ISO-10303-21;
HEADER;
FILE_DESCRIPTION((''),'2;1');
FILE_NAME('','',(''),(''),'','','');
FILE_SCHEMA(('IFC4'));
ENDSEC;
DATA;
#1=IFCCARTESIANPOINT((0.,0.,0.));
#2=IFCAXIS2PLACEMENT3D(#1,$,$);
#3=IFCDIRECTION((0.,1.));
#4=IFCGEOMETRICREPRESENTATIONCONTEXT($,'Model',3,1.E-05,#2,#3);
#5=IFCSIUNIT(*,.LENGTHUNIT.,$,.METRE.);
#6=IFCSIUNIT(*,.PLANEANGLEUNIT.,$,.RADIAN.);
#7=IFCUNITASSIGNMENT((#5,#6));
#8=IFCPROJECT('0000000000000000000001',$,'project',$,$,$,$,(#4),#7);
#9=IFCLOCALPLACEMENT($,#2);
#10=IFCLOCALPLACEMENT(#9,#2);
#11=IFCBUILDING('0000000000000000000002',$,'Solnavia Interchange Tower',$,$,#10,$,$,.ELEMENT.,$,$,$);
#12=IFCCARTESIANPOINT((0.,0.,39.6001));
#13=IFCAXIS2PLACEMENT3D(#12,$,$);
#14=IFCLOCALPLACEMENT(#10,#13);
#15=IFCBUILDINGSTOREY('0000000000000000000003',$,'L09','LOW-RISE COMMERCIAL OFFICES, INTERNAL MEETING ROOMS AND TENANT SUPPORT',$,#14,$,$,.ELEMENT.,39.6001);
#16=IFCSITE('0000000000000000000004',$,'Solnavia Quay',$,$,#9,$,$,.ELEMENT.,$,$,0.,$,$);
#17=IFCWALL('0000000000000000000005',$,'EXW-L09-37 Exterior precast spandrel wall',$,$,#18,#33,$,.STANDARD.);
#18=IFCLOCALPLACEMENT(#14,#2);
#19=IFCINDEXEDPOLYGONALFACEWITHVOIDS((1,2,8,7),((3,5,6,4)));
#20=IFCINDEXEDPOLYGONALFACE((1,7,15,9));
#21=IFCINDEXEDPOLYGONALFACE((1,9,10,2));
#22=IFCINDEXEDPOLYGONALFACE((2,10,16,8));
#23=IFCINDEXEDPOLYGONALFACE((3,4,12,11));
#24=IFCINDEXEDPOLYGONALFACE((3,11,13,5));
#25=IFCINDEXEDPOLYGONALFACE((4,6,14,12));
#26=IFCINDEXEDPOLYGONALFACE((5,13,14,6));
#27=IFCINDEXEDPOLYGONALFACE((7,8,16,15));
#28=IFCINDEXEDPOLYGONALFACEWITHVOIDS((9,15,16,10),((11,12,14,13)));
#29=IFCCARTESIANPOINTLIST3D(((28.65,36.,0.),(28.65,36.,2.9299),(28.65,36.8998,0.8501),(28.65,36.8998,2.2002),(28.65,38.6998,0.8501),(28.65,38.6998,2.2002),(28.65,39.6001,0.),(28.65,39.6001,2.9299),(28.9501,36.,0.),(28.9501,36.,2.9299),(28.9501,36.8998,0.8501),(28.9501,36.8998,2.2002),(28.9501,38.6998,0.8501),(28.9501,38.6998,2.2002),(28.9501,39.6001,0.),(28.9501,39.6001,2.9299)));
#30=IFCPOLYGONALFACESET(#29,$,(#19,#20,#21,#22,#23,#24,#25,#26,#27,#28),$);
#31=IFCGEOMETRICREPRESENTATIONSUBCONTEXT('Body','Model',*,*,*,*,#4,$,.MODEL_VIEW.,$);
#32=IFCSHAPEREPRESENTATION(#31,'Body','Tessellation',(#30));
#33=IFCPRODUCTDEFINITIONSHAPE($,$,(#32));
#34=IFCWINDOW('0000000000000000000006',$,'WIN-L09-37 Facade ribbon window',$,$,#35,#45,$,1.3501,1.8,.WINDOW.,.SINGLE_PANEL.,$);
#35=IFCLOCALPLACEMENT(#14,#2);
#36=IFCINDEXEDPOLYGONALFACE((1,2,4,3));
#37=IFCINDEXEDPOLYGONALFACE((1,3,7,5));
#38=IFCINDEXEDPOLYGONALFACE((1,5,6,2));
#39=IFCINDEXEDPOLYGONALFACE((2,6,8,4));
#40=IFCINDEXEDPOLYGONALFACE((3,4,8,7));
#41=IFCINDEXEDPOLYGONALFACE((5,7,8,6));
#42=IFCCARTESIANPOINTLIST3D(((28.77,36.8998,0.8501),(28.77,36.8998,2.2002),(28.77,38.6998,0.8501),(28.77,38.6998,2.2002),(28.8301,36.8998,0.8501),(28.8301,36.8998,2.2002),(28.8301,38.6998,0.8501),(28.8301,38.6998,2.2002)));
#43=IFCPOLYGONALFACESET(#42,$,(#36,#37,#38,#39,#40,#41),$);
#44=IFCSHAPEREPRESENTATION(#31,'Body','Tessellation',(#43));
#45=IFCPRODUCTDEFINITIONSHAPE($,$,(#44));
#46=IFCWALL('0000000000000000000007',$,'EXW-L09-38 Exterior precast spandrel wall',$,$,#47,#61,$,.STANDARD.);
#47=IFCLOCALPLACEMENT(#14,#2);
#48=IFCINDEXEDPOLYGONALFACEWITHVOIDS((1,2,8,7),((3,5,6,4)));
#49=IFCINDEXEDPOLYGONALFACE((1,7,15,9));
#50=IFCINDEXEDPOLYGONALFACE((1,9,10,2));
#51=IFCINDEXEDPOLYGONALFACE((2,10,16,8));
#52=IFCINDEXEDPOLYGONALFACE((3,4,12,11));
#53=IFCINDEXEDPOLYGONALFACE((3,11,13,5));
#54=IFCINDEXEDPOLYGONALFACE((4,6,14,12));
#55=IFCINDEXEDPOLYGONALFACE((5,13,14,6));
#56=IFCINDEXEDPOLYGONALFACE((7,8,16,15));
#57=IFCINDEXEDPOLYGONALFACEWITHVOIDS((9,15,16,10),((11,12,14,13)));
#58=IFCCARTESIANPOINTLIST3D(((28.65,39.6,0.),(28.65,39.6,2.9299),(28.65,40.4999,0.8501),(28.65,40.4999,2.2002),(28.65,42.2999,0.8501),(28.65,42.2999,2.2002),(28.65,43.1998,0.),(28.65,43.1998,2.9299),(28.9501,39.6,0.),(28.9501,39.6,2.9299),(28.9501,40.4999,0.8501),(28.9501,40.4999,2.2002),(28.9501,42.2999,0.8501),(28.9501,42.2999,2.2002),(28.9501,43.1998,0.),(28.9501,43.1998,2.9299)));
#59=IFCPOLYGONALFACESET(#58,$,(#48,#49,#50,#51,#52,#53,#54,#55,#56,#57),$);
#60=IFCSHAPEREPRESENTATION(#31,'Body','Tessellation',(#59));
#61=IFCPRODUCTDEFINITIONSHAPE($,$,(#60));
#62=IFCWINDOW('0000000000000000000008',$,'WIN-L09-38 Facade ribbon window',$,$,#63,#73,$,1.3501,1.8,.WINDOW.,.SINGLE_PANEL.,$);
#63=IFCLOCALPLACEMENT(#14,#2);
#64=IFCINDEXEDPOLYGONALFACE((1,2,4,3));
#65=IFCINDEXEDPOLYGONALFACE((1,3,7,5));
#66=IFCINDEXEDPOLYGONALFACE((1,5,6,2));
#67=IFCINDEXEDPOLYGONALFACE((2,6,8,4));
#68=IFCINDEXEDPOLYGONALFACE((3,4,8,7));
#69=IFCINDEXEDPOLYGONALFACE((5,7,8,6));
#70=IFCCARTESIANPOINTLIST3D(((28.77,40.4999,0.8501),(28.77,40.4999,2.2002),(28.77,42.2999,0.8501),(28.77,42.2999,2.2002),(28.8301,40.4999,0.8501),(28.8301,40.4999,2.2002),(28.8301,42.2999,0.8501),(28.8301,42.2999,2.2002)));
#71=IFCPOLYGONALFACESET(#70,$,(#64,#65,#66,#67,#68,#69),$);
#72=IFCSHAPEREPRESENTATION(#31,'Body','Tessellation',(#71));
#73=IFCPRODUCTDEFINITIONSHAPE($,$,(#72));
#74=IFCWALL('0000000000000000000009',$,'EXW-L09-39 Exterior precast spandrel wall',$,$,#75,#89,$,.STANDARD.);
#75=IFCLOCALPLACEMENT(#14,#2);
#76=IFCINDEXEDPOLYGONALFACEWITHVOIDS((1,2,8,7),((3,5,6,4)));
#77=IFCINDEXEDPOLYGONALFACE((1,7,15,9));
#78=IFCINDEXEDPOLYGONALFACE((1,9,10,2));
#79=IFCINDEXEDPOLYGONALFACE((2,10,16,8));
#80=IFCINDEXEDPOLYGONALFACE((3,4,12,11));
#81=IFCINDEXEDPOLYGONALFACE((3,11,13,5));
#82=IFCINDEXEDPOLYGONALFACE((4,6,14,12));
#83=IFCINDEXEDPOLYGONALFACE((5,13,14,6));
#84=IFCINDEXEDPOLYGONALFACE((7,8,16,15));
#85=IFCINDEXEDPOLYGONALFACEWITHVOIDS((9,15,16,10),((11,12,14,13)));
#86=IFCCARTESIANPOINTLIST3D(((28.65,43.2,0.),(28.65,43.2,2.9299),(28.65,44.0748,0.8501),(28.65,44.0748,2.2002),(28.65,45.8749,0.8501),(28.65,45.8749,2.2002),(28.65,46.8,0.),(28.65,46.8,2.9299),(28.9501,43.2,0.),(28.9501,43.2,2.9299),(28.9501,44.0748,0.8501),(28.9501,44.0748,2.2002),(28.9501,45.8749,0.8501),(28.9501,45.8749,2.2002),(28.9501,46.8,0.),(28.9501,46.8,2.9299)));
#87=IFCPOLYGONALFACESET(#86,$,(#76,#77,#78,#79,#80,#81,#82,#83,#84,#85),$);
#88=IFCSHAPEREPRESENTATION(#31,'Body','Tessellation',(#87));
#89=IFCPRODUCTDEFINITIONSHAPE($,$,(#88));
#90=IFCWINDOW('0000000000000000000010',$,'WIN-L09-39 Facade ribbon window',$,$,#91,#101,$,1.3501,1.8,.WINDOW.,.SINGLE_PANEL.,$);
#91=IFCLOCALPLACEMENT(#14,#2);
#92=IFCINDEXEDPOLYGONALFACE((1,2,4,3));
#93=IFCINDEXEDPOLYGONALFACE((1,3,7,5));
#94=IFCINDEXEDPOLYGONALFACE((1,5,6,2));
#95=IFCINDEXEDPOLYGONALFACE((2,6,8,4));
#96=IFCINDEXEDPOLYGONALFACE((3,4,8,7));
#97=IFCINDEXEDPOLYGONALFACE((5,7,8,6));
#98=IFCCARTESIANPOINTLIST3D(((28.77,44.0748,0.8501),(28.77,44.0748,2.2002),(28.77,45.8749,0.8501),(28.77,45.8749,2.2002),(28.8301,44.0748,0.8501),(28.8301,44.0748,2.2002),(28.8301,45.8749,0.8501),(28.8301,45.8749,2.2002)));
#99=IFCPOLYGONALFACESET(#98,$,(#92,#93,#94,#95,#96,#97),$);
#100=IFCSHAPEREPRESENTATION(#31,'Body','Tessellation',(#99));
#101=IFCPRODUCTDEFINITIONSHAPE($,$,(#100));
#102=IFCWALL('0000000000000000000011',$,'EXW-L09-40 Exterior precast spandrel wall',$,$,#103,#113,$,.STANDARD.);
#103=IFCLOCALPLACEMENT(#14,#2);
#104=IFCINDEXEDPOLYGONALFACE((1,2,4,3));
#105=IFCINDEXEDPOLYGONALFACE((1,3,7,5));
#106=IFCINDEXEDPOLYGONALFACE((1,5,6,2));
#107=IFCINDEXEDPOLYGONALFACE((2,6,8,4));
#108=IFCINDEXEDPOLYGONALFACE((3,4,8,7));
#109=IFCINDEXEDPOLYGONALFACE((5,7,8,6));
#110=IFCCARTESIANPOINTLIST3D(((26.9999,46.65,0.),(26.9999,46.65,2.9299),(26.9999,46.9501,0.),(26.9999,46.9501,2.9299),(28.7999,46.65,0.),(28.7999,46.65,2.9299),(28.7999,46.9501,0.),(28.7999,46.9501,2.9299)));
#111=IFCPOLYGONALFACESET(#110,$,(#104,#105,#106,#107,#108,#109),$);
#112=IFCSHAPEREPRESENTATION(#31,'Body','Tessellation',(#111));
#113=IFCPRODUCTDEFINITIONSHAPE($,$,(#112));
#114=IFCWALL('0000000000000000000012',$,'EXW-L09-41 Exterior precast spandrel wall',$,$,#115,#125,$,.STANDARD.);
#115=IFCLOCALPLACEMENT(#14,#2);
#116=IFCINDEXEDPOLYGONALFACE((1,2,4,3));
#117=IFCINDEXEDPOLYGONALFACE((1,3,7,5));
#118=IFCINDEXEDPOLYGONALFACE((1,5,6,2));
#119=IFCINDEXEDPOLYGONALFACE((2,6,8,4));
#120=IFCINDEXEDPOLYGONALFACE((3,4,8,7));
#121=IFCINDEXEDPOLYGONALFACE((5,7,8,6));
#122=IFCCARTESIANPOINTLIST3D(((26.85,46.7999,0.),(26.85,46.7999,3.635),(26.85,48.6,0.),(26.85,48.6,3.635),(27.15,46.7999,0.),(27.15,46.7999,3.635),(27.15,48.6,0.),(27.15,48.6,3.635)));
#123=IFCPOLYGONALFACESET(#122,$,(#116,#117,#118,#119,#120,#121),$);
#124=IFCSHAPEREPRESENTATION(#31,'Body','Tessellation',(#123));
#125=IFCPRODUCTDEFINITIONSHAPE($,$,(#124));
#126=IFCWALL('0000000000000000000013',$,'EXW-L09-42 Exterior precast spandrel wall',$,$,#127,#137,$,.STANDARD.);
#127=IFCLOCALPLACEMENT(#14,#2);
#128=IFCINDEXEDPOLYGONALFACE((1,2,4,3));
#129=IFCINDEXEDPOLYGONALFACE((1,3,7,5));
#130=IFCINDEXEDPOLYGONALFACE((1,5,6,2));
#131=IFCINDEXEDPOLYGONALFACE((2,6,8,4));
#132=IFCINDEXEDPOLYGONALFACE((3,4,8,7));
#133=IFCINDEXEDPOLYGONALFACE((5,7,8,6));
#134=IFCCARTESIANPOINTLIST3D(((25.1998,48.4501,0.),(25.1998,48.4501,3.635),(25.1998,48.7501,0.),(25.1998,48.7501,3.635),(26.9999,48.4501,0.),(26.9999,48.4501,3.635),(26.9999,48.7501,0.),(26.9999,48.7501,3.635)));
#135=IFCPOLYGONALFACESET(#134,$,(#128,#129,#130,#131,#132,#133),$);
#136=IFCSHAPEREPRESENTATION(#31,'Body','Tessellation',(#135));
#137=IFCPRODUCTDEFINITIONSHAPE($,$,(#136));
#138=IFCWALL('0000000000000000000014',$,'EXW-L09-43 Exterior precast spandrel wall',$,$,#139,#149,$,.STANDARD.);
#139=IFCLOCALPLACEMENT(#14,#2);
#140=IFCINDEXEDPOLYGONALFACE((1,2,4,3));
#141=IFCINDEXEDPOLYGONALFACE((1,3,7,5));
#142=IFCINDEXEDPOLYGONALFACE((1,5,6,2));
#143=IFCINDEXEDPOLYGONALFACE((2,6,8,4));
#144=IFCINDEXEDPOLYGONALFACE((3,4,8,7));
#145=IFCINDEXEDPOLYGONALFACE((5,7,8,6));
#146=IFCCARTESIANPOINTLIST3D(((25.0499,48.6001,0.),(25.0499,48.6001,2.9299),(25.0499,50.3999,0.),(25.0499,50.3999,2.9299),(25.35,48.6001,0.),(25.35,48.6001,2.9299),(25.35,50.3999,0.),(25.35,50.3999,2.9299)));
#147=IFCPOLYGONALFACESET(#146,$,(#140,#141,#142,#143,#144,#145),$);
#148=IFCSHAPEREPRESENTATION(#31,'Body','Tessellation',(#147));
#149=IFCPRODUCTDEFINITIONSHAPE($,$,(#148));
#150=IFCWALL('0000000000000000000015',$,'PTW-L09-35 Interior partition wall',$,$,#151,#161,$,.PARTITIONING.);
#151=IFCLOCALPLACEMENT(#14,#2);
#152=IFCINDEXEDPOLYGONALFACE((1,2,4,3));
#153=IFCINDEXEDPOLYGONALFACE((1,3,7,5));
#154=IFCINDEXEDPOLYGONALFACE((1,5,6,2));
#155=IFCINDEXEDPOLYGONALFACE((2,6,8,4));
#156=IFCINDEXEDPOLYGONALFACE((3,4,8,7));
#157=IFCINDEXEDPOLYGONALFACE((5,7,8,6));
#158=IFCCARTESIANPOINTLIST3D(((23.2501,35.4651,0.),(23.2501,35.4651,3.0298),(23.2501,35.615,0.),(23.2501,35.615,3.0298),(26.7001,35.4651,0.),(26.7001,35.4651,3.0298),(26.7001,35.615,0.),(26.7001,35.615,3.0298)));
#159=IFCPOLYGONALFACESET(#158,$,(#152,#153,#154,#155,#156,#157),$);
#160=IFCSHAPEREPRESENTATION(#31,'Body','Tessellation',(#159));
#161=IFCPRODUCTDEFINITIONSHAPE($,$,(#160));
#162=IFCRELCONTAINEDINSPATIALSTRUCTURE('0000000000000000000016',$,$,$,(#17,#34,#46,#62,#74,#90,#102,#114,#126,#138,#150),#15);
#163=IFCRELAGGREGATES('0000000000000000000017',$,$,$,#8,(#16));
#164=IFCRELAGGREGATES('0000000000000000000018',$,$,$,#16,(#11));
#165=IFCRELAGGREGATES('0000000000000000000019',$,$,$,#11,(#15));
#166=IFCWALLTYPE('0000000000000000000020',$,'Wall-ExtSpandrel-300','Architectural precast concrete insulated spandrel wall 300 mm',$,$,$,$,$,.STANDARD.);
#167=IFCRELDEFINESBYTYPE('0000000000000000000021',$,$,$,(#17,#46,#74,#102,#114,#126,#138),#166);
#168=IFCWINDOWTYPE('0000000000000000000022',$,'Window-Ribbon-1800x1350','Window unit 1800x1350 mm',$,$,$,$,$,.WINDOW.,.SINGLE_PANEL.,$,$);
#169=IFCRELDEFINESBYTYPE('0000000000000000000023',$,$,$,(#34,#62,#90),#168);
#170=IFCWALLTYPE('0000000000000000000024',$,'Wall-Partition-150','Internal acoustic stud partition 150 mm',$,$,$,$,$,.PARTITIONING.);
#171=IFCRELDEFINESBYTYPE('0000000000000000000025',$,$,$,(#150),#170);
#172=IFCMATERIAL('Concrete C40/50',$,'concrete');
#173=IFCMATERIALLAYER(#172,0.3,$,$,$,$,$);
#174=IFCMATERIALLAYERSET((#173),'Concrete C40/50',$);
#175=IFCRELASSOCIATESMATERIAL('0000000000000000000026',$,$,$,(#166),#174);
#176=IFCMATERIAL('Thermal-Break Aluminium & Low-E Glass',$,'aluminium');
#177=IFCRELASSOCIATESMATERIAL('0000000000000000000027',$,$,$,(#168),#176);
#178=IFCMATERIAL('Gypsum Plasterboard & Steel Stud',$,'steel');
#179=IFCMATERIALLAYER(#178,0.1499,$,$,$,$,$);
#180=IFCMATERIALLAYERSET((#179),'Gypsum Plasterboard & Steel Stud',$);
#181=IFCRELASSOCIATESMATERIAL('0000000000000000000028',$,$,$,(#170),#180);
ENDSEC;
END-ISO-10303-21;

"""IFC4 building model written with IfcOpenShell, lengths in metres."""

from ifc_helpers import new_model, si_unit, direction, frame, frame_2d, origin, place, context, subcontext, project, spatial, rectangle, extrude, material, layer, layer_set, type_object, element, fill, save


model = new_model("IFC4")

# Units and contexts
model_context = context("Model", 3, precision=1e-05, world=origin(), true_north=direction((0.0, 1.0)))
body_context = subcontext(model_context, "Body", "Model", "MODEL_VIEW")
ifc_project = project(units=[si_unit("LENGTHUNIT", "METRE"), si_unit("PLANEANGLEUNIT", "RADIAN")], contexts=[model_context])

# Site, building, storey
site_placement = place(None, origin())
site = spatial("IfcSite", under=ifc_project, at=site_placement, Name="Solnavia Quay", CompositionType="ELEMENT", RefElevation=0.0)
building_placement = place(site_placement, origin())
building = spatial("IfcBuilding", under=site, at=building_placement, Name="Solnavia Interchange Tower", CompositionType="ELEMENT")
storey_placement = place(building_placement, frame((0.0, 0.0, 39.6001)))
storey = spatial("IfcBuildingStorey", under=building, at=storey_placement, Name="L09", Description="LOW-RISE COMMERCIAL OFFICES, INTERNAL MEETING ROOMS AND TENANT SUPPORT", CompositionType="ELEMENT", Elevation=39.6001)

# Walls, openings, windows
ifc_material_1 = material(Name="Concrete C40/50", Category="concrete")
ifc_layer_1 = layer(ifc_material_1, 0.3)
ifc_layer_set_1 = layer_set([ifc_layer_1], Name="Concrete C40/50")
wall_type_1 = type_object("IfcWallType", Name="Wall-ExtSpandrel-300", Description="Architectural precast concrete insulated spandrel wall 300 mm", PredefinedType="STANDARD", material=ifc_layer_set_1)
ifc_material_2 = material(Name="Thermal-Break Aluminium & Low-E Glass", Category="aluminium")
window_type = type_object("IfcWindowType", Name="Window-Ribbon-1800x1350", Description="Window unit 1800x1350 mm", PartitioningType="SINGLE_PANEL", PredefinedType="WINDOW", material=ifc_material_2)
wall_1_placement = place(storey_placement, frame((28.8, 36.0, 0.0), z_axis=(0.0, 0.0, 1.0), x_axis=(0.0, 1.0, 0.0)))
wall_1 = element("IfcWall", 1, at=wall_1_placement, inside=storey, type_object=wall_type_1, Name="EXW-L09-37 Exterior precast spandrel wall", PredefinedType="STANDARD", context=body_context, shape_type="SweptSolid", body=[
    extrude(rectangle(XDim=3.6001, YDim=0.3, at=frame_2d((1.8, 0.0))), origin(), (0.0, 0.0, 1.0), 2.9299),
])
opening_1_placement = place(wall_1_placement, frame((0.8999, 0.0, 0.8501)))
opening_1 = element("IfcOpeningElement", 2, at=opening_1_placement, cuts=wall_1, PredefinedType="OPENING", context=body_context, shape_type="SweptSolid", body=[
    extrude(rectangle(XDim=1.8, YDim=1.3501, at=frame_2d((0.8999, 0.675))), frame((0.0, 0.1602, 0.0), z_axis=(0.0, -1.0, 0.0), x_axis=(1.0, 0.0, 0.0)), (0.0, 0.0, 1.0), 0.3201),
])
window_1_placement = place(opening_1_placement, origin())
window_1 = element("IfcWindow", 3, at=window_1_placement, inside=storey, type_object=window_type, Name="WIN-L09-37 Facade ribbon window", OverallHeight=1.3501, OverallWidth=1.8, PartitioningType="SINGLE_PANEL", PredefinedType="WINDOW", context=body_context, shape_type="SweptSolid", body=[
    extrude(rectangle(XDim=1.8, YDim=1.3501, at=frame_2d((0.8999, 0.675))), frame((0.0, 0.03, 0.0), z_axis=(0.0, -1.0, 0.0), x_axis=(1.0, 0.0, 0.0)), (0.0, 0.0, 1.0), 0.0601),
])
fill(opening_1, window_1)
wall_2_placement = place(storey_placement, frame((28.8, 39.6001, 0.0), z_axis=(0.0, 0.0, 1.0), x_axis=(0.0, 1.0, 0.0)))
wall_2 = element("IfcWall", 4, at=wall_2_placement, inside=storey, type_object=wall_type_1, Name="EXW-L09-38 Exterior precast spandrel wall", PredefinedType="STANDARD", context=body_context, shape_type="SweptSolid", body=[
    extrude(rectangle(XDim=3.5999, YDim=0.3, at=frame_2d((1.7998, 0.0))), origin(), (0.0, 0.0, 1.0), 2.9299),
])
opening_2_placement = place(wall_2_placement, frame((0.8999, 0.0, 0.8501)))
opening_2 = element("IfcOpeningElement", 5, at=opening_2_placement, cuts=wall_2, PredefinedType="OPENING", context=body_context, shape_type="SweptSolid", body=[
    extrude(rectangle(XDim=1.8, YDim=1.3501, at=frame_2d((0.8999, 0.675))), frame((0.0, 0.1602, 0.0), z_axis=(0.0, -1.0, 0.0), x_axis=(1.0, 0.0, 0.0)), (0.0, 0.0, 1.0), 0.3201),
])
window_2_placement = place(opening_2_placement, origin())
window_2 = element("IfcWindow", 6, at=window_2_placement, inside=storey, type_object=window_type, Name="WIN-L09-38 Facade ribbon window", OverallHeight=1.3501, OverallWidth=1.8, PartitioningType="SINGLE_PANEL", PredefinedType="WINDOW", context=body_context, shape_type="SweptSolid", body=[
    extrude(rectangle(XDim=1.8, YDim=1.3501, at=frame_2d((0.8999, 0.675))), frame((0.0, 0.03, 0.0), z_axis=(0.0, -1.0, 0.0), x_axis=(1.0, 0.0, 0.0)), (0.0, 0.0, 1.0), 0.0601),
])
fill(opening_2, window_2)
wall_3_placement = place(storey_placement, frame((28.8, 43.2, 0.0), z_axis=(0.0, 0.0, 1.0), x_axis=(0.0, 1.0, 0.0)))
wall_3 = element("IfcWall", 7, at=wall_3_placement, inside=storey, type_object=wall_type_1, Name="EXW-L09-39 Exterior precast spandrel wall", PredefinedType="STANDARD", context=body_context, shape_type="SweptSolid", body=[
    extrude(rectangle(XDim=3.6001, YDim=0.3, at=frame_2d((1.8, 0.0))), origin(), (0.0, 0.0, 1.0), 2.9299),
])
opening_3_placement = place(wall_3_placement, frame((0.875, 0.0, 0.8501)))
opening_3 = element("IfcOpeningElement", 8, at=opening_3_placement, cuts=wall_3, PredefinedType="OPENING", context=body_context, shape_type="SweptSolid", body=[
    extrude(rectangle(XDim=1.8, YDim=1.3501, at=frame_2d((0.8999, 0.675))), frame((0.0, 0.1602, 0.0), z_axis=(0.0, -1.0, 0.0), x_axis=(1.0, 0.0, 0.0)), (0.0, 0.0, 1.0), 0.3201),
])
window_3_placement = place(opening_3_placement, origin())
window_3 = element("IfcWindow", 9, at=window_3_placement, inside=storey, type_object=window_type, Name="WIN-L09-39 Facade ribbon window", OverallHeight=1.3501, OverallWidth=1.8, PartitioningType="SINGLE_PANEL", PredefinedType="WINDOW", context=body_context, shape_type="SweptSolid", body=[
    extrude(rectangle(XDim=1.8, YDim=1.3501, at=frame_2d((0.8999, 0.675))), frame((0.0, 0.03, 0.0), z_axis=(0.0, -1.0, 0.0), x_axis=(1.0, 0.0, 0.0)), (0.0, 0.0, 1.0), 0.0601),
])
fill(opening_3, window_3)

# Walls
wall_4_placement = place(storey_placement, frame((27.0, 46.8, 0.0), z_axis=(0.0, 0.0, 1.0), x_axis=(1.0, 0.0, 0.0)))
element("IfcWall", 10, at=wall_4_placement, inside=storey, type_object=wall_type_1, Name="EXW-L09-40 Exterior precast spandrel wall", PredefinedType="STANDARD", context=body_context, shape_type="SweptSolid", body=[
    extrude(rectangle(XDim=1.8, YDim=0.3, at=frame_2d((0.8999, 0.0))), origin(), (0.0, 0.0, 1.0), 2.9299),
])
for number, where, z_axis, x_axis, name in (
    (11, (27.0, 46.8, 0.0), (0.0, 0.0, 1.0), (0.0, 1.0, 0.0), "EXW-L09-41 Exterior precast spandrel wall"),
    (12, (25.2, 48.6001, 0.0), (0.0, 0.0, 1.0), (1.0, 0.0, 0.0), "EXW-L09-42 Exterior precast spandrel wall"),
):
    element("IfcWall", number, at=place(storey_placement, frame(where, z_axis=z_axis, x_axis=x_axis)), inside=storey, type_object=wall_type_1, Name=name, PredefinedType="STANDARD", context=body_context, shape_type="SweptSolid", body=[
        extrude(rectangle(XDim=1.8, YDim=0.3, at=frame_2d((0.8999, 0.0))), origin(), (0.0, 0.0, 1.0), 3.635),
    ])
wall_5_placement = place(storey_placement, frame((25.2, 48.6001, 0.0), z_axis=(0.0, 0.0, 1.0), x_axis=(0.0, 1.0, 0.0)))
element("IfcWall", 13, at=wall_5_placement, inside=storey, type_object=wall_type_1, Name="EXW-L09-43 Exterior precast spandrel wall", PredefinedType="STANDARD", context=body_context, shape_type="SweptSolid", body=[
    extrude(rectangle(XDim=1.7998, YDim=0.3, at=frame_2d((0.8999, 0.0))), origin(), (0.0, 0.0, 1.0), 2.9299),
])
ifc_material_3 = material(Name="Gypsum Plasterboard & Steel Stud", Category="steel")
ifc_layer_2 = layer(ifc_material_3, 0.1499)
ifc_layer_set_2 = layer_set([ifc_layer_2], Name="Gypsum Plasterboard & Steel Stud")
wall_type_2 = type_object("IfcWallType", Name="Wall-Partition-150", Description="Internal acoustic stud partition 150 mm", PredefinedType="PARTITIONING", material=ifc_layer_set_2)
wall_6_placement = place(storey_placement, frame((23.25, 35.54, 0.0), z_axis=(0.0, 0.0, 1.0), x_axis=(1.0, 0.0, 0.0)))
element("IfcWall", 14, at=wall_6_placement, inside=storey, type_object=wall_type_2, Name="PTW-L09-35 Interior partition wall", PredefinedType="PARTITIONING", context=body_context, shape_type="SweptSolid", body=[
    extrude(rectangle(XDim=3.45, YDim=0.1499, at=frame_2d((1.7251, 0.0))), origin(), (0.0, 0.0, 1.0), 3.0298),
])

save(model, "model.ifc")
